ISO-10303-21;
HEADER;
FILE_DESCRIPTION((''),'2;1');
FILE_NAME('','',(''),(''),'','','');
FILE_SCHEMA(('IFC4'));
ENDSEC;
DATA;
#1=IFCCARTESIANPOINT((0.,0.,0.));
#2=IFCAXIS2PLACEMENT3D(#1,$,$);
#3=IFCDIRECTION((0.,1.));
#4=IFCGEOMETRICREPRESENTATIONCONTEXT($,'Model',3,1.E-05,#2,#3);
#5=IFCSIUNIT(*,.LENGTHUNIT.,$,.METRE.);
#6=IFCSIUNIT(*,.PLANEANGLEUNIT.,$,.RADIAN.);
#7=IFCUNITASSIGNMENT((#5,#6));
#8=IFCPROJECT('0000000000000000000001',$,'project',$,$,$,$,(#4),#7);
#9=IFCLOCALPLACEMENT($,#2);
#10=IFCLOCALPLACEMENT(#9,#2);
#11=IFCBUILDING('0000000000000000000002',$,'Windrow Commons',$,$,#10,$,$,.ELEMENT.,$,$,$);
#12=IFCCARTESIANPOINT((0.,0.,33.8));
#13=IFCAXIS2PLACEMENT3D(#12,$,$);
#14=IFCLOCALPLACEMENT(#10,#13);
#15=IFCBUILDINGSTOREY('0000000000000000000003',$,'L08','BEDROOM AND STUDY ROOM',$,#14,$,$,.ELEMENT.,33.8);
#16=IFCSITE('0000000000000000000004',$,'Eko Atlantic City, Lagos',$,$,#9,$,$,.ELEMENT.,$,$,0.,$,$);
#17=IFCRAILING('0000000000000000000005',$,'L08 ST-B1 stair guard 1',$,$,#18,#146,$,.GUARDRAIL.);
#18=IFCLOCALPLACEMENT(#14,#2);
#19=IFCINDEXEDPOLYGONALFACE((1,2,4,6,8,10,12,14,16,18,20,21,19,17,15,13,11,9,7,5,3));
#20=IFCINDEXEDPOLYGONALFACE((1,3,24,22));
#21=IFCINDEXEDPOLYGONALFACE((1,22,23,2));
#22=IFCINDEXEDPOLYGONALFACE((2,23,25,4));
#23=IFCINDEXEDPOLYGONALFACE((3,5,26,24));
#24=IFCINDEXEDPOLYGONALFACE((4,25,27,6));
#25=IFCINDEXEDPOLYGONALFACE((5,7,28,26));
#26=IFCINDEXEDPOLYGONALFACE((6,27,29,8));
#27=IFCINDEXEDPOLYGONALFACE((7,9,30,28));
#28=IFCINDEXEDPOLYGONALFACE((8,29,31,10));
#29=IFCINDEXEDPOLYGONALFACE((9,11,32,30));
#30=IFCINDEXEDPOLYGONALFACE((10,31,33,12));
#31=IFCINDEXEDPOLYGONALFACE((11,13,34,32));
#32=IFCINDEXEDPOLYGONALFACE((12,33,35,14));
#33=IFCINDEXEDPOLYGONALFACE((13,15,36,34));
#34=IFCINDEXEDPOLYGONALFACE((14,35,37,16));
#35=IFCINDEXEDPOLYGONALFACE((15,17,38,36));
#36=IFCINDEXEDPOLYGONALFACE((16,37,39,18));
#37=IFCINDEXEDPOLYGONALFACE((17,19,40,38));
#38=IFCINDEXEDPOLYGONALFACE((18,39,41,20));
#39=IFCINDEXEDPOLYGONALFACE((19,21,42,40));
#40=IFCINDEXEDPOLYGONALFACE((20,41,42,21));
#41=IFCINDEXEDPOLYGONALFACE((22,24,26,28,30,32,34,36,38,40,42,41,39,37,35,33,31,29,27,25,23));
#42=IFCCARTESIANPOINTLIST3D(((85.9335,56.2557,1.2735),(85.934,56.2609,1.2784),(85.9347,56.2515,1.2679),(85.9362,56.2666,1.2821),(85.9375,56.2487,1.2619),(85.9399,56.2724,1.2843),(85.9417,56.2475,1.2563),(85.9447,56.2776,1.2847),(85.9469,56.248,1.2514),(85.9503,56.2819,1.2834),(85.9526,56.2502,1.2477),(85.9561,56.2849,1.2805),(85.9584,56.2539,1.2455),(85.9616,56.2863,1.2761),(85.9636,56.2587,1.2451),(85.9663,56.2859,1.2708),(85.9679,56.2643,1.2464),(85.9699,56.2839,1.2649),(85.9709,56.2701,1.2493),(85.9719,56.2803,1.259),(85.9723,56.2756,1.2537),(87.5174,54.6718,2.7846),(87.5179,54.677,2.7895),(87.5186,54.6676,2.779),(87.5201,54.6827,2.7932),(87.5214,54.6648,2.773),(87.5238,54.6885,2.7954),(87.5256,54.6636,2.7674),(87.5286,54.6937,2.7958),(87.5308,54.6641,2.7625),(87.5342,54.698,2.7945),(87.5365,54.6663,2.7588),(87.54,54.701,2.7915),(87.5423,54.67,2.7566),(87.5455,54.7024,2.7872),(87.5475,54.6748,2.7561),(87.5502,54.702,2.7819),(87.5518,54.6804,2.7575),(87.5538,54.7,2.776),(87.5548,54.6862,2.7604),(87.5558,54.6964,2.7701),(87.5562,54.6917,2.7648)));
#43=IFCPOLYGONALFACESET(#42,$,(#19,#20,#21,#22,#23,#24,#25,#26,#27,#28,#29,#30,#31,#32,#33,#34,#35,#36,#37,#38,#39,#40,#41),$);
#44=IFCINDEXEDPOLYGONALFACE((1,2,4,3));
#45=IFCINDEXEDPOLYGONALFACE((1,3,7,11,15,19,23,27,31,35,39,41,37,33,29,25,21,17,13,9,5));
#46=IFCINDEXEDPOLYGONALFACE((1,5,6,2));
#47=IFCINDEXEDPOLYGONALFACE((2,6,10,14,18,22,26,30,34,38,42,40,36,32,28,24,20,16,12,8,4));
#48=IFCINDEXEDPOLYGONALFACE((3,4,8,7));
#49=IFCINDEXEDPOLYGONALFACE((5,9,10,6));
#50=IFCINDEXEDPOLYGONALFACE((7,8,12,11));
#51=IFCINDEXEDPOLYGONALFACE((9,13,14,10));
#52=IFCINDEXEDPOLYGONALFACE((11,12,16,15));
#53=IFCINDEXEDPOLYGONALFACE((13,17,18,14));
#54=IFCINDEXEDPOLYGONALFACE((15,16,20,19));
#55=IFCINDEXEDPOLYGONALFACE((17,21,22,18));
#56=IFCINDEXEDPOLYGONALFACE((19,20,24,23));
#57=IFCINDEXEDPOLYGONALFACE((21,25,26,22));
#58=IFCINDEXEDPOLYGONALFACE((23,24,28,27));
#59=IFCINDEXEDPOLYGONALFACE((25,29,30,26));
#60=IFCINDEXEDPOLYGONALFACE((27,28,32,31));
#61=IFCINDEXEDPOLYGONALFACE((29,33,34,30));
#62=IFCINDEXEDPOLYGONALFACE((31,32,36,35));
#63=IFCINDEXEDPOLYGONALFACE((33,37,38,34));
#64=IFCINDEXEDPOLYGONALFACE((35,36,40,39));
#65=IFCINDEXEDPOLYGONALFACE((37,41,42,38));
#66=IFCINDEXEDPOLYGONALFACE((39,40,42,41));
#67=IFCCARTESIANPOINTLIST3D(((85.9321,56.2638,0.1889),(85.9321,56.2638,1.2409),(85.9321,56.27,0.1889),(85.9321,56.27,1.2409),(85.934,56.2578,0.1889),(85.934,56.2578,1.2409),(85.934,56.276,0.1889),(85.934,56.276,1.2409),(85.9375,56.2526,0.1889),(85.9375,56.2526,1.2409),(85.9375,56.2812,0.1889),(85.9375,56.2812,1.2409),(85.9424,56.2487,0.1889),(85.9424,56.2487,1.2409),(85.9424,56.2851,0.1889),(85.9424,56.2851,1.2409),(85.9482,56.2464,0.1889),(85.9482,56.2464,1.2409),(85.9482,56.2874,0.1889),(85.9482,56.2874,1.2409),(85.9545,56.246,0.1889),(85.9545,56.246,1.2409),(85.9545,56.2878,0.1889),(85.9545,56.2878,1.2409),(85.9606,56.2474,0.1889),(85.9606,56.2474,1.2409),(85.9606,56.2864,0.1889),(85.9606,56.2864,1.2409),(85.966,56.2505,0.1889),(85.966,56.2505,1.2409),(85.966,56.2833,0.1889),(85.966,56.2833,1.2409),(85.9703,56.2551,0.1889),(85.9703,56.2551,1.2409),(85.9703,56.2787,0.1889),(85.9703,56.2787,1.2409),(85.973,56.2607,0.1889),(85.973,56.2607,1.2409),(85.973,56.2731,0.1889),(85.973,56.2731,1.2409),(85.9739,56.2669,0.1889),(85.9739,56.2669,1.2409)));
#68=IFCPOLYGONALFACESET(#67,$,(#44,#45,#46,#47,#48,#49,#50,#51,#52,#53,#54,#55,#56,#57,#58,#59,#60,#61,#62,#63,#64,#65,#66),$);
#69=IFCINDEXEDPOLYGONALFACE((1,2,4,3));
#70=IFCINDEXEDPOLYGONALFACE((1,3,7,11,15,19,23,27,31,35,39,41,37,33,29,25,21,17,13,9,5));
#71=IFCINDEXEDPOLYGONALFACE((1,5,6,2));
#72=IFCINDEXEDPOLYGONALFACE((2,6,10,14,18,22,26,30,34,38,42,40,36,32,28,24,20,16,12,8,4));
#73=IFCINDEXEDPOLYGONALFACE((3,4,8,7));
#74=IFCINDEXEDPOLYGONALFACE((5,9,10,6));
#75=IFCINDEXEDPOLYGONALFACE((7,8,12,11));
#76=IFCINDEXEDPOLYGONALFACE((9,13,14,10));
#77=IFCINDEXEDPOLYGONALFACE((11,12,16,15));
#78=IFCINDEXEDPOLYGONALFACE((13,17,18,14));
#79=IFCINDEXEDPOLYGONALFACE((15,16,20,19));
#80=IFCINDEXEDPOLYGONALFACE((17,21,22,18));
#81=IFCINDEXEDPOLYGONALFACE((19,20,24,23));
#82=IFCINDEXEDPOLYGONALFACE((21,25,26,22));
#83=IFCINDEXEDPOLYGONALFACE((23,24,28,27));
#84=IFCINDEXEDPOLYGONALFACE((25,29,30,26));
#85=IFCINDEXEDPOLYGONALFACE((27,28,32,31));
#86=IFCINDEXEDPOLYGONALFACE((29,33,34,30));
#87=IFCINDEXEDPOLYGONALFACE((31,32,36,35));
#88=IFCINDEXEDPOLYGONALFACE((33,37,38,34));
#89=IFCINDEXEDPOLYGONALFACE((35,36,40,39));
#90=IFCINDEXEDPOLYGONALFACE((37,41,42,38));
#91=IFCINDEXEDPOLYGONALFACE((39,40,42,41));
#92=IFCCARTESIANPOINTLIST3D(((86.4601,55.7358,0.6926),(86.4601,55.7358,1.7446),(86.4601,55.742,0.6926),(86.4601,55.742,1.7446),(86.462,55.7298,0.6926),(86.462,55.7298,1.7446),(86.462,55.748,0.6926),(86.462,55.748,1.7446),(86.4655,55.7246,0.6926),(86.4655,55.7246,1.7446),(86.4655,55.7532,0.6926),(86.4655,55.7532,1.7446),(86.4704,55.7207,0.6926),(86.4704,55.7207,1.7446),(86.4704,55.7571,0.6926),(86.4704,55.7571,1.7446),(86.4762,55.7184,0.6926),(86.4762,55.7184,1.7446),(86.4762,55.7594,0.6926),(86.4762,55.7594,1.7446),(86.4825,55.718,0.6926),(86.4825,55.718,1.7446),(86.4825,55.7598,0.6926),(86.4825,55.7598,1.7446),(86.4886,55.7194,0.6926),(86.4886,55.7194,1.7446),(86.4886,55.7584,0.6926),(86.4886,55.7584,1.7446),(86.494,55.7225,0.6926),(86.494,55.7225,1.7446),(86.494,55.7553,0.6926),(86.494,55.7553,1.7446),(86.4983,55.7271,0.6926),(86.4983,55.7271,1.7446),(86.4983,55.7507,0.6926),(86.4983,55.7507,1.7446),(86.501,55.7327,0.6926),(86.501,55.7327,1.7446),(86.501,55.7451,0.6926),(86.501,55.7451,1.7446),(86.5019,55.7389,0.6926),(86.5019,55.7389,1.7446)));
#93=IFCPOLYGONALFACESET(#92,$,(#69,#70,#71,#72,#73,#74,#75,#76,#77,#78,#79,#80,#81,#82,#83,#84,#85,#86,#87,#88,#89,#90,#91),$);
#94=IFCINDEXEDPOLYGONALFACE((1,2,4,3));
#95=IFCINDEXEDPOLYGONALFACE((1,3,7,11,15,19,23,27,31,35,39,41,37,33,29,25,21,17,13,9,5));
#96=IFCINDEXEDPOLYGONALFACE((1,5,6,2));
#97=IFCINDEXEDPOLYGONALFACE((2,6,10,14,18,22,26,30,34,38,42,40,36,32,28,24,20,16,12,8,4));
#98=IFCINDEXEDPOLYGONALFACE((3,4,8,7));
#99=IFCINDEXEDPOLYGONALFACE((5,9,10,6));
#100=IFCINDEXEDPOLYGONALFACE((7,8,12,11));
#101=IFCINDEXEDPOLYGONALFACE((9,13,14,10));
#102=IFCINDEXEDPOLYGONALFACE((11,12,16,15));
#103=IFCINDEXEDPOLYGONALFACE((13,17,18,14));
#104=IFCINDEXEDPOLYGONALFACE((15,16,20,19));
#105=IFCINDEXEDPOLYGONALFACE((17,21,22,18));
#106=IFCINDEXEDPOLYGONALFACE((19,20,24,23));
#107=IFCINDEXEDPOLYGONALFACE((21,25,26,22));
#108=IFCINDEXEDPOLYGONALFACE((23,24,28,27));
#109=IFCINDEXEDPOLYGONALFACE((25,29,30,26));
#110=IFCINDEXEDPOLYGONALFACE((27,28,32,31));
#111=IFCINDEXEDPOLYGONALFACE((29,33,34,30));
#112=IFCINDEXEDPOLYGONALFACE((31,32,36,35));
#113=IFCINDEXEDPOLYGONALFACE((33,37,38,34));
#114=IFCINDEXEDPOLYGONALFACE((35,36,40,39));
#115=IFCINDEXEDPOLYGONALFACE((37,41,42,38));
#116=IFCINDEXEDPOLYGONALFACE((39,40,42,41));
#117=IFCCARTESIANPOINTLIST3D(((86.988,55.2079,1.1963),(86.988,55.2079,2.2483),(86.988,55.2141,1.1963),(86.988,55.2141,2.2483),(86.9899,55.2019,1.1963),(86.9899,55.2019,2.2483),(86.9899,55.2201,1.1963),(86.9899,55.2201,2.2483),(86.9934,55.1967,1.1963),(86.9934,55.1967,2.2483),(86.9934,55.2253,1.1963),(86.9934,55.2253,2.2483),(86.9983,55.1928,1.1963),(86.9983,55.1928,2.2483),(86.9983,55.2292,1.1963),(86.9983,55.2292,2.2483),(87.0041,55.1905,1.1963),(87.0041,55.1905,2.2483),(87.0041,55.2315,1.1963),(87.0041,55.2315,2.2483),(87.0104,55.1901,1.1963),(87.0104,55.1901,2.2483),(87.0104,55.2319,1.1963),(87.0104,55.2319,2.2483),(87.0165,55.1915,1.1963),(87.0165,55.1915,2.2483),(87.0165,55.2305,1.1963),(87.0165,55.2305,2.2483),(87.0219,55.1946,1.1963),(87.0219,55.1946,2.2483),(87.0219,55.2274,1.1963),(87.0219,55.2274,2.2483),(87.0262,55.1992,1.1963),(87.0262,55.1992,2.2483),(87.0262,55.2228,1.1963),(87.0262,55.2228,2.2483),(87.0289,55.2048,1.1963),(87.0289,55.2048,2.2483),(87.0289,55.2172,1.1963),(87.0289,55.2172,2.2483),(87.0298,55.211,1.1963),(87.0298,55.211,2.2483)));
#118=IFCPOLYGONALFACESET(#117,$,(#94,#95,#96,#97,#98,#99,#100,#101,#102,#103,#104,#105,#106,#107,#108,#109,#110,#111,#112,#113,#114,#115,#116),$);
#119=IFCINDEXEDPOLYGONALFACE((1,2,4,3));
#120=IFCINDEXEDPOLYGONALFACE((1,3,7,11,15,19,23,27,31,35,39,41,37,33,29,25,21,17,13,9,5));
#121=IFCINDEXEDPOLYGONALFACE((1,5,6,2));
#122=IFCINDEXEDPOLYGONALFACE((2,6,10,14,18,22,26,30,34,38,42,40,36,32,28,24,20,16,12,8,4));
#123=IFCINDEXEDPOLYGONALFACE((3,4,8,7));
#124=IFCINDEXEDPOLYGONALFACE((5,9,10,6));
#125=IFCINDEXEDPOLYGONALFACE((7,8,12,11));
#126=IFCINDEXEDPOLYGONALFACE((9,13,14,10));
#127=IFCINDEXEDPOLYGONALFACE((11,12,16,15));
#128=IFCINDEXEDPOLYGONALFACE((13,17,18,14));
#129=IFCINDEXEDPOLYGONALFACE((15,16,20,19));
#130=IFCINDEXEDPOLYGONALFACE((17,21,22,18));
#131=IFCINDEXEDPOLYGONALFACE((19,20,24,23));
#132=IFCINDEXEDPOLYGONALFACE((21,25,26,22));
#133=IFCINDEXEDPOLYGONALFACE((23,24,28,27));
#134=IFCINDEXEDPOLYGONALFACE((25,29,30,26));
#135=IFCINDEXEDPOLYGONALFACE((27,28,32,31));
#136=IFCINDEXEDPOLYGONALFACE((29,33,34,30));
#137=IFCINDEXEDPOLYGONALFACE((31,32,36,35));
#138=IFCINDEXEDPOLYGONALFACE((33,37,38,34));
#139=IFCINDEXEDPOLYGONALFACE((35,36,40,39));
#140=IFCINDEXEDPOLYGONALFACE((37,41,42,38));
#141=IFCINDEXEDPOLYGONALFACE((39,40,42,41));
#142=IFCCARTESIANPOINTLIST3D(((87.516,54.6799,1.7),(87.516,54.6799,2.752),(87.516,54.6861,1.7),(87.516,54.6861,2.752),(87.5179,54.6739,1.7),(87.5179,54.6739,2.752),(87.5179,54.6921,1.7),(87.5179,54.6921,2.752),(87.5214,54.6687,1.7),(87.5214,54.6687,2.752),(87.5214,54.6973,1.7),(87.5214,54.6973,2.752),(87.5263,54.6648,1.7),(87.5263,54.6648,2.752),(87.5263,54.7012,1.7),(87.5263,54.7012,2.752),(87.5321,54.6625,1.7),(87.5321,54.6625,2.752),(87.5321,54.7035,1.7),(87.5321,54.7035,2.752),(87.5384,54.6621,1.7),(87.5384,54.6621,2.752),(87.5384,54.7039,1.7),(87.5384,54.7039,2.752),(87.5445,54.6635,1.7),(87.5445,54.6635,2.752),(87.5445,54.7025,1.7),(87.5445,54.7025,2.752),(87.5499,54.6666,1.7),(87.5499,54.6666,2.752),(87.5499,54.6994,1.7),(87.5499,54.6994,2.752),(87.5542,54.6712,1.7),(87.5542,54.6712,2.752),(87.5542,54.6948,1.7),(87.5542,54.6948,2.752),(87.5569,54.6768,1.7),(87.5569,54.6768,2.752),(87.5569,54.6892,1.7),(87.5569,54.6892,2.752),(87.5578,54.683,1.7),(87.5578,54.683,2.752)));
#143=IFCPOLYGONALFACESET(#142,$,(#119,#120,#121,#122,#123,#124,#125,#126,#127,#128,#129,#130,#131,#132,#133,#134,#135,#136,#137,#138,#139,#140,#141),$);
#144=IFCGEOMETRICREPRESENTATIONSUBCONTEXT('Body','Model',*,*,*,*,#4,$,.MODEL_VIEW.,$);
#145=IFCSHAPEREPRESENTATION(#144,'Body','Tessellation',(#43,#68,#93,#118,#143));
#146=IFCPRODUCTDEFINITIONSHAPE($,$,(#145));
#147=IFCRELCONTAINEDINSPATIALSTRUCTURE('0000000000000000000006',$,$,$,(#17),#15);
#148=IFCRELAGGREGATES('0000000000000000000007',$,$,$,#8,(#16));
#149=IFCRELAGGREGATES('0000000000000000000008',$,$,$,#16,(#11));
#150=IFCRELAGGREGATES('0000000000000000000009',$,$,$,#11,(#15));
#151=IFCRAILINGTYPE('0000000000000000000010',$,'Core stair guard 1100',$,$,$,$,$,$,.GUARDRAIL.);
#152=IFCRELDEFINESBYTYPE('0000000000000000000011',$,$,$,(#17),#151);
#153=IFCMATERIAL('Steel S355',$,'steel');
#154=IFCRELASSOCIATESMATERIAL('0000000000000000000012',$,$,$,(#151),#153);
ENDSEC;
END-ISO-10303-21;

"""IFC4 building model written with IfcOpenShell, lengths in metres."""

from ifc_helpers import new_model, si_unit, direction, frame, origin, origin_2d, place, context, subcontext, project, spatial, circle, extrude, material, type_object, element, save


model = new_model("IFC4")

# Units and contexts
model_context = context("Model", 3, precision=1e-05, world=origin(), true_north=direction((0.0, 1.0)))
body_context = subcontext(model_context, "Body", "Model", "MODEL_VIEW")
ifc_project = project(units=[si_unit("LENGTHUNIT", "METRE"), si_unit("PLANEANGLEUNIT", "RADIAN")], contexts=[model_context])

# Site, building, storey
site_placement = place(None, origin())
site = spatial("IfcSite", under=ifc_project, at=site_placement, Name="Eko Atlantic City, Lagos", CompositionType="ELEMENT", RefElevation=0.0)
building_placement = place(site_placement, origin())
building = spatial("IfcBuilding", under=site, at=building_placement, Name="Windrow Commons", CompositionType="ELEMENT")
storey_placement = place(building_placement, frame((0.0, 0.0, 33.8)))
storey = spatial("IfcBuildingStorey", under=building, at=storey_placement, Name="L08", Description="BEDROOM AND STUDY ROOM", CompositionType="ELEMENT", Elevation=33.8)

# Railing
ifc_material_1 = material(Name="Steel S355", Category="steel")
railing_type_1 = type_object("IfcRailingType", Name="Core stair guard 1100", PredefinedType="GUARDRAIL", material=ifc_material_1)
railing_1_placement = place(storey_placement, frame((85.9529, 56.2669, 0.1889)))
element("IfcRailing", 1, at=railing_1_placement, inside=storey, type_object=railing_type_1, Name="L08 ST-B1 stair guard 1", PredefinedType="GUARDRAIL", context=body_context, shape_type="SweptSolid", body=[
    extrude(circle(Radius=0.024, at=origin_2d()), frame((0.0, 0.0, 1.076), z_axis=(0.586191, -0.586191, 0.559249), x_axis=(0.707107, 0.707107, 0.0)), (0.0, 0.0, 1.0), 2.702),
    extrude(circle(Radius=0.021, at=origin_2d()), origin(), (0.0, 0.0, 1.0), 1.052),
    extrude(circle(Radius=0.021, at=origin_2d()), frame((0.528, -0.528, 0.5037)), (0.0, 0.0, 1.0), 1.052),
    extrude(circle(Radius=0.021, at=origin_2d()), frame((1.0559, -1.0559, 1.0074)), (0.0, 0.0, 1.0), 1.052),
    extrude(circle(Radius=0.021, at=origin_2d()), frame((1.5839, -1.5839, 1.5111)), (0.0, 0.0, 1.0), 1.052),
])

save(model, "model.ifc")
